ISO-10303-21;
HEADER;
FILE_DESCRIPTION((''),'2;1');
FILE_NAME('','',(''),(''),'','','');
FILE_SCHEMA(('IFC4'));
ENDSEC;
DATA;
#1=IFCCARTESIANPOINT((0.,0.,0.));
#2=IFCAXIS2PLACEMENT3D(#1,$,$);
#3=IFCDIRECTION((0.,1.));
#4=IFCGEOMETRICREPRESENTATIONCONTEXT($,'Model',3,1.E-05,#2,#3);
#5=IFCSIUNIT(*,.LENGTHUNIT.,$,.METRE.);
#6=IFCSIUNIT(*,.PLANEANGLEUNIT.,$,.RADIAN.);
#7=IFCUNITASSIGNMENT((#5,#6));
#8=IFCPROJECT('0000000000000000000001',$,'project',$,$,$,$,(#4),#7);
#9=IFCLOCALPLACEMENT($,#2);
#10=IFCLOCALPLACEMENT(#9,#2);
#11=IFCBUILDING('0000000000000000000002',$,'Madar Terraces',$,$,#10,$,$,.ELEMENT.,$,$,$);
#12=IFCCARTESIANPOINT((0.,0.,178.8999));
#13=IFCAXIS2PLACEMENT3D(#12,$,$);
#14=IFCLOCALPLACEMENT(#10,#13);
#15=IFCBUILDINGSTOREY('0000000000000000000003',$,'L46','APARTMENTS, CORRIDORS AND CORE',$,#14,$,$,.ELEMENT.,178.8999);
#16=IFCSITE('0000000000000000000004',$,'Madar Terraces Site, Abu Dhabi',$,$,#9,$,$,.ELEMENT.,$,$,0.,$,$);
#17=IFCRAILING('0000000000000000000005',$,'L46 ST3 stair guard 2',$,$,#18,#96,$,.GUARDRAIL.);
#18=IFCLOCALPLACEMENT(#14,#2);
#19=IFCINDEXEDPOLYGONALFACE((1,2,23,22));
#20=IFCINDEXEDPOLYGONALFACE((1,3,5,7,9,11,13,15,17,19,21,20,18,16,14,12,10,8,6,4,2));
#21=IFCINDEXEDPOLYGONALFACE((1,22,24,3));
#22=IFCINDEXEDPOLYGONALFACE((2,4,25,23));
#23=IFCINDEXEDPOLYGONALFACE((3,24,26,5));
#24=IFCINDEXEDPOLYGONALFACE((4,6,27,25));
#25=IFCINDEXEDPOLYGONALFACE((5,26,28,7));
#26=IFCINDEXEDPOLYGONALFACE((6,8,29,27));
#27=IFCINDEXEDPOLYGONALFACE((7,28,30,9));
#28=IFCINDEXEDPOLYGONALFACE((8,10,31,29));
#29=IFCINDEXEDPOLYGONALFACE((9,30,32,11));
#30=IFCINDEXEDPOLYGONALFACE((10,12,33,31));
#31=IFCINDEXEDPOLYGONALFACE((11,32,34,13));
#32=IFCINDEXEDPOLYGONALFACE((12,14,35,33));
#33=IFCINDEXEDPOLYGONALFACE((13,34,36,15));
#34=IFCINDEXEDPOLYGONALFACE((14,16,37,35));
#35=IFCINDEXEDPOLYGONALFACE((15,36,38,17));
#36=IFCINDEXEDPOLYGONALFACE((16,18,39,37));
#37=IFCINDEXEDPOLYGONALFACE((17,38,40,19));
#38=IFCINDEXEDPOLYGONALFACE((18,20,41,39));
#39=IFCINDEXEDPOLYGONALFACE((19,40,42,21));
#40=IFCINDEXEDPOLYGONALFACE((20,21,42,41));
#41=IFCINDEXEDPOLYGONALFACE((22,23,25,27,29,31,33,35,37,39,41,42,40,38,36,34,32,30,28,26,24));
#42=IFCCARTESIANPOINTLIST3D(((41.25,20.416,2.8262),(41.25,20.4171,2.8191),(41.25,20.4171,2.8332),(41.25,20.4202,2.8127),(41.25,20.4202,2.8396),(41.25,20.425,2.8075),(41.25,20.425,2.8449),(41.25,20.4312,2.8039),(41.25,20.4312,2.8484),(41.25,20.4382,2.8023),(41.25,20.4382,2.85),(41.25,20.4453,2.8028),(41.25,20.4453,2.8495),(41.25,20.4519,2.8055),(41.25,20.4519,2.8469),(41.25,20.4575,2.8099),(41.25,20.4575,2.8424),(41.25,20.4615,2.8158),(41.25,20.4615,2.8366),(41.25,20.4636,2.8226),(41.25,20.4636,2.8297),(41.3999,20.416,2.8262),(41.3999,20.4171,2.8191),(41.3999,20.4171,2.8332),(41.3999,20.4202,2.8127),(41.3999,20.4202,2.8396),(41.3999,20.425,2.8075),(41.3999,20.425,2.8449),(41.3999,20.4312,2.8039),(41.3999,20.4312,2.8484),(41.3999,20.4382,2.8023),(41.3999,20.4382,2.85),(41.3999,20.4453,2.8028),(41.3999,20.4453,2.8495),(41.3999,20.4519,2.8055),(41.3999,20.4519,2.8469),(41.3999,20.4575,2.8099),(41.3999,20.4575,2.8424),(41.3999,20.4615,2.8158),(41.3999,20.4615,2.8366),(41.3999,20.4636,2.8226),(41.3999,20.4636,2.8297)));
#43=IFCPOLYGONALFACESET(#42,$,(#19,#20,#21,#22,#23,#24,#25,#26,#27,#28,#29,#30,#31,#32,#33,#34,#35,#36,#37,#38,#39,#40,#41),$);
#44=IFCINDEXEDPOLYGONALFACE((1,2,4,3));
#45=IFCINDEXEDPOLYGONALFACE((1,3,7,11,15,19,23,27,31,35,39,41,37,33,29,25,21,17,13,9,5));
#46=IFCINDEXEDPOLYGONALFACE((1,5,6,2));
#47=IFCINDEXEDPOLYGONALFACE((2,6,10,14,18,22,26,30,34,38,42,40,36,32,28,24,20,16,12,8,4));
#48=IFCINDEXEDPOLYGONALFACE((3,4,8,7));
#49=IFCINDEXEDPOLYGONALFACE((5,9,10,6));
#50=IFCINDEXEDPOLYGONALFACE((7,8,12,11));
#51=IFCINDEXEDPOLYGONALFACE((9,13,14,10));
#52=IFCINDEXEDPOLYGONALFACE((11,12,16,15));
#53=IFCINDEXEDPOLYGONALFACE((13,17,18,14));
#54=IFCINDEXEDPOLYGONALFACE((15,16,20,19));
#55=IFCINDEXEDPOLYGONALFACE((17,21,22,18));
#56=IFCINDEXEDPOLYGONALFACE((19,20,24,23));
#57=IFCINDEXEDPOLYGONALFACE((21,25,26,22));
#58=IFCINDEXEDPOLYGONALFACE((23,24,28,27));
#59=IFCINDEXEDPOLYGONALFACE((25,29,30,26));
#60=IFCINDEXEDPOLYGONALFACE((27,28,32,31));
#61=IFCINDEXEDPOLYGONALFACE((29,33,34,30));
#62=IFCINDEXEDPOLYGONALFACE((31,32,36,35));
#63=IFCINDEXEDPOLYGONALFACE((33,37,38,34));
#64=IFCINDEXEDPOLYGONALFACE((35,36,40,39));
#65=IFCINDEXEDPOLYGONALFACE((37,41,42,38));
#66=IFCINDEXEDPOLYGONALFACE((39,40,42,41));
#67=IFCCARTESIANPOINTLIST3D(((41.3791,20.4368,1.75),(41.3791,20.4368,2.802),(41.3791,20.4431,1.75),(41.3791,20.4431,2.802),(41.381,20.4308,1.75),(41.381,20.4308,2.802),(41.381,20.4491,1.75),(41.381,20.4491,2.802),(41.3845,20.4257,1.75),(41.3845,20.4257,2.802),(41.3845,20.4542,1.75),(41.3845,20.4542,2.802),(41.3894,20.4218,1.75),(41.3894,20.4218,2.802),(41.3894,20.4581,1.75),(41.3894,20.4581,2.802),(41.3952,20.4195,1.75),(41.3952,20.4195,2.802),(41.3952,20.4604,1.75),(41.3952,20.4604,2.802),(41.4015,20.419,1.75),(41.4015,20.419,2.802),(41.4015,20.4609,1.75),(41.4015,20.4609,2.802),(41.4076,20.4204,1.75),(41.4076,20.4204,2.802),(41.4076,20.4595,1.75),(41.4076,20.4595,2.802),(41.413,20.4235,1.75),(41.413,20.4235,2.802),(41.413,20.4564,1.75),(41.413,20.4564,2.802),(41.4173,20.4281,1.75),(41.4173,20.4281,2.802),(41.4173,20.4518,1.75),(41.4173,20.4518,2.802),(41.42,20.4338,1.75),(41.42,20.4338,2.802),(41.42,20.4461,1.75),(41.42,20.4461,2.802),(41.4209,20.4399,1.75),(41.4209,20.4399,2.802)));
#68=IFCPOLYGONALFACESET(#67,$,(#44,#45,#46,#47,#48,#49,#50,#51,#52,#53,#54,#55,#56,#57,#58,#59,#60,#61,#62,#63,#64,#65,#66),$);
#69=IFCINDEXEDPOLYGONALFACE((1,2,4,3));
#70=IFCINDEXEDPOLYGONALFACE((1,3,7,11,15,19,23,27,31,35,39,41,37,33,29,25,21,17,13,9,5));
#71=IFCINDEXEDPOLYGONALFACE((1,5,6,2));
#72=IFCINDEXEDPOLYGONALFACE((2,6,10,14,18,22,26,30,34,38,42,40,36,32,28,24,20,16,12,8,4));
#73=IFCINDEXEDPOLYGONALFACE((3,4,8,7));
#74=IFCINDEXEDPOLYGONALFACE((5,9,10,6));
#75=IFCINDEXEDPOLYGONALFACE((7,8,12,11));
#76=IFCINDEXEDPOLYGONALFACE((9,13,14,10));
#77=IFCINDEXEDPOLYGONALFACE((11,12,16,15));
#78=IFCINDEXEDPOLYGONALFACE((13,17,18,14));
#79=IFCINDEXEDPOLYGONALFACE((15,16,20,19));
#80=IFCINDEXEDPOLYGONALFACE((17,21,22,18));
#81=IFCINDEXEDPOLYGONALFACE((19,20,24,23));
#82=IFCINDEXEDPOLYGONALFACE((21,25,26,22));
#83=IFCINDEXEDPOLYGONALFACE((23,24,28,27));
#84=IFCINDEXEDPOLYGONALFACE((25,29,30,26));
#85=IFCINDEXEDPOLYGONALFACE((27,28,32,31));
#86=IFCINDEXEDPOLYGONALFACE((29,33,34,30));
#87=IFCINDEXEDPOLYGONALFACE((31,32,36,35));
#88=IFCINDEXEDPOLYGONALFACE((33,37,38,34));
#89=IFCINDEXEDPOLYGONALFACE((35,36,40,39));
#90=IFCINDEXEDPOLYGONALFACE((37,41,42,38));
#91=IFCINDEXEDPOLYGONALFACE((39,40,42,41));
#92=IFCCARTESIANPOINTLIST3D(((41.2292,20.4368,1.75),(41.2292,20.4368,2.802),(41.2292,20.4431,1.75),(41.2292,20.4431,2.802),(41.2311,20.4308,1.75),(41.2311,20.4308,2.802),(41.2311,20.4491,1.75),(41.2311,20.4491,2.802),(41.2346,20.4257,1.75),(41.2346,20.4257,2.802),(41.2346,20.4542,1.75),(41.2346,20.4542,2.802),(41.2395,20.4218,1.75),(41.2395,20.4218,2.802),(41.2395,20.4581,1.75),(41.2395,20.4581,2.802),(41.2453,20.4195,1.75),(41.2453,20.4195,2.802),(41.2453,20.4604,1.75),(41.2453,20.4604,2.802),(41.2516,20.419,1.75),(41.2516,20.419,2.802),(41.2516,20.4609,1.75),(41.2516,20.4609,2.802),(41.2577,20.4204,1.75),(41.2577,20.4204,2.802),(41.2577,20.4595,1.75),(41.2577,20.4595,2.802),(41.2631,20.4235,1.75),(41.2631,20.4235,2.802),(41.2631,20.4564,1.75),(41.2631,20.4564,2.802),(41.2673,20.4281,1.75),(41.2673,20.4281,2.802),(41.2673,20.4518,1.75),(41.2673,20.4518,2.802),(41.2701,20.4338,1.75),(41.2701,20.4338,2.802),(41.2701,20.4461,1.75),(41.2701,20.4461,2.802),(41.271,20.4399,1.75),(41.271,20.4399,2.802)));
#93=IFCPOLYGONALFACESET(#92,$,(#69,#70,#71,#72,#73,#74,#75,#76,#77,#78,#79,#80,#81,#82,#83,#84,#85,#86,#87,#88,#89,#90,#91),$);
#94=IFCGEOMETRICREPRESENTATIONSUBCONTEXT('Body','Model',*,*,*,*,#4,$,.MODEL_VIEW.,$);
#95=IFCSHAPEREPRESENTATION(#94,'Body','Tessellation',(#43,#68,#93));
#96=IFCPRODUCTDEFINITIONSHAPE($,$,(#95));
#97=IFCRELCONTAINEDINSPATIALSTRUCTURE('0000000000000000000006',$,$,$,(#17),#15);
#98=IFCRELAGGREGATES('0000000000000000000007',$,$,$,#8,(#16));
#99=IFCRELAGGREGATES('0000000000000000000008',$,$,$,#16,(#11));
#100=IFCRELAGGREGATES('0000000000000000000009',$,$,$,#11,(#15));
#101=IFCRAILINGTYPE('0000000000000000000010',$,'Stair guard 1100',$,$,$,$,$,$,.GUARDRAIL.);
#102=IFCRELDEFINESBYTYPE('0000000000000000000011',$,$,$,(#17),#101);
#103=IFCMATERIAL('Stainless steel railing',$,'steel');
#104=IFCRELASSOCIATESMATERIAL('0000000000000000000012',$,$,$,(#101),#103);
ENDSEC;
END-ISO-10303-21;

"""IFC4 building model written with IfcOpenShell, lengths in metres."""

from ifc_helpers import new_model, si_unit, direction, frame, origin, origin_2d, place, context, subcontext, project, spatial, circle, extrude, material, type_object, element, save


model = new_model("IFC4")

# Units and contexts
model_context = context("Model", 3, precision=1e-05, world=origin(), true_north=direction((0.0, 1.0)))
body_context = subcontext(model_context, "Body", "Model", "MODEL_VIEW")
ifc_project = project(units=[si_unit("LENGTHUNIT", "METRE"), si_unit("PLANEANGLEUNIT", "RADIAN")], contexts=[model_context])

# Site, building, storey
site_placement = place(None, origin())
site = spatial("IfcSite", under=ifc_project, at=site_placement, Name="Madar Terraces Site, Abu Dhabi", CompositionType="ELEMENT", RefElevation=0.0)
building_placement = place(site_placement, origin())
building = spatial("IfcBuilding", under=site, at=building_placement, Name="Madar Terraces", CompositionType="ELEMENT")
storey_placement = place(building_placement, frame((0.0, 0.0, 178.8999)))
storey = spatial("IfcBuildingStorey", under=building, at=storey_placement, Name="L46", Description="APARTMENTS, CORRIDORS AND CORE", CompositionType="ELEMENT", Elevation=178.8999)

# Railing
ifc_material_1 = material(Name="Stainless steel railing", Category="steel")
railing_type_1 = type_object("IfcRailingType", Name="Stair guard 1100", PredefinedType="GUARDRAIL", material=ifc_material_1)
railing_1_placement = place(storey_placement, frame((41.3999, 20.4399, 1.75)))
element("IfcRailing", 1, at=railing_1_placement, inside=storey, type_object=railing_type_1, Name="L46 ST3 stair guard 2", PredefinedType="GUARDRAIL", context=body_context, shape_type="SweptSolid", body=[
    extrude(circle(Radius=0.0239, at=origin_2d()), frame((0.0, 0.0, 1.0762), z_axis=(-1.0, 0.0, 0.0), x_axis=(0.0, -1.0, 0.0)), (0.0, 0.0, 1.0), 0.1499),
    extrude(circle(Radius=0.021, at=origin_2d()), origin(), (0.0, 0.0, 1.0), 1.052),
    extrude(circle(Radius=0.021, at=origin_2d()), frame((-0.1499, 0.0, 0.0)), (0.0, 0.0, 1.0), 1.052),
])

save(model, "model.ifc")
